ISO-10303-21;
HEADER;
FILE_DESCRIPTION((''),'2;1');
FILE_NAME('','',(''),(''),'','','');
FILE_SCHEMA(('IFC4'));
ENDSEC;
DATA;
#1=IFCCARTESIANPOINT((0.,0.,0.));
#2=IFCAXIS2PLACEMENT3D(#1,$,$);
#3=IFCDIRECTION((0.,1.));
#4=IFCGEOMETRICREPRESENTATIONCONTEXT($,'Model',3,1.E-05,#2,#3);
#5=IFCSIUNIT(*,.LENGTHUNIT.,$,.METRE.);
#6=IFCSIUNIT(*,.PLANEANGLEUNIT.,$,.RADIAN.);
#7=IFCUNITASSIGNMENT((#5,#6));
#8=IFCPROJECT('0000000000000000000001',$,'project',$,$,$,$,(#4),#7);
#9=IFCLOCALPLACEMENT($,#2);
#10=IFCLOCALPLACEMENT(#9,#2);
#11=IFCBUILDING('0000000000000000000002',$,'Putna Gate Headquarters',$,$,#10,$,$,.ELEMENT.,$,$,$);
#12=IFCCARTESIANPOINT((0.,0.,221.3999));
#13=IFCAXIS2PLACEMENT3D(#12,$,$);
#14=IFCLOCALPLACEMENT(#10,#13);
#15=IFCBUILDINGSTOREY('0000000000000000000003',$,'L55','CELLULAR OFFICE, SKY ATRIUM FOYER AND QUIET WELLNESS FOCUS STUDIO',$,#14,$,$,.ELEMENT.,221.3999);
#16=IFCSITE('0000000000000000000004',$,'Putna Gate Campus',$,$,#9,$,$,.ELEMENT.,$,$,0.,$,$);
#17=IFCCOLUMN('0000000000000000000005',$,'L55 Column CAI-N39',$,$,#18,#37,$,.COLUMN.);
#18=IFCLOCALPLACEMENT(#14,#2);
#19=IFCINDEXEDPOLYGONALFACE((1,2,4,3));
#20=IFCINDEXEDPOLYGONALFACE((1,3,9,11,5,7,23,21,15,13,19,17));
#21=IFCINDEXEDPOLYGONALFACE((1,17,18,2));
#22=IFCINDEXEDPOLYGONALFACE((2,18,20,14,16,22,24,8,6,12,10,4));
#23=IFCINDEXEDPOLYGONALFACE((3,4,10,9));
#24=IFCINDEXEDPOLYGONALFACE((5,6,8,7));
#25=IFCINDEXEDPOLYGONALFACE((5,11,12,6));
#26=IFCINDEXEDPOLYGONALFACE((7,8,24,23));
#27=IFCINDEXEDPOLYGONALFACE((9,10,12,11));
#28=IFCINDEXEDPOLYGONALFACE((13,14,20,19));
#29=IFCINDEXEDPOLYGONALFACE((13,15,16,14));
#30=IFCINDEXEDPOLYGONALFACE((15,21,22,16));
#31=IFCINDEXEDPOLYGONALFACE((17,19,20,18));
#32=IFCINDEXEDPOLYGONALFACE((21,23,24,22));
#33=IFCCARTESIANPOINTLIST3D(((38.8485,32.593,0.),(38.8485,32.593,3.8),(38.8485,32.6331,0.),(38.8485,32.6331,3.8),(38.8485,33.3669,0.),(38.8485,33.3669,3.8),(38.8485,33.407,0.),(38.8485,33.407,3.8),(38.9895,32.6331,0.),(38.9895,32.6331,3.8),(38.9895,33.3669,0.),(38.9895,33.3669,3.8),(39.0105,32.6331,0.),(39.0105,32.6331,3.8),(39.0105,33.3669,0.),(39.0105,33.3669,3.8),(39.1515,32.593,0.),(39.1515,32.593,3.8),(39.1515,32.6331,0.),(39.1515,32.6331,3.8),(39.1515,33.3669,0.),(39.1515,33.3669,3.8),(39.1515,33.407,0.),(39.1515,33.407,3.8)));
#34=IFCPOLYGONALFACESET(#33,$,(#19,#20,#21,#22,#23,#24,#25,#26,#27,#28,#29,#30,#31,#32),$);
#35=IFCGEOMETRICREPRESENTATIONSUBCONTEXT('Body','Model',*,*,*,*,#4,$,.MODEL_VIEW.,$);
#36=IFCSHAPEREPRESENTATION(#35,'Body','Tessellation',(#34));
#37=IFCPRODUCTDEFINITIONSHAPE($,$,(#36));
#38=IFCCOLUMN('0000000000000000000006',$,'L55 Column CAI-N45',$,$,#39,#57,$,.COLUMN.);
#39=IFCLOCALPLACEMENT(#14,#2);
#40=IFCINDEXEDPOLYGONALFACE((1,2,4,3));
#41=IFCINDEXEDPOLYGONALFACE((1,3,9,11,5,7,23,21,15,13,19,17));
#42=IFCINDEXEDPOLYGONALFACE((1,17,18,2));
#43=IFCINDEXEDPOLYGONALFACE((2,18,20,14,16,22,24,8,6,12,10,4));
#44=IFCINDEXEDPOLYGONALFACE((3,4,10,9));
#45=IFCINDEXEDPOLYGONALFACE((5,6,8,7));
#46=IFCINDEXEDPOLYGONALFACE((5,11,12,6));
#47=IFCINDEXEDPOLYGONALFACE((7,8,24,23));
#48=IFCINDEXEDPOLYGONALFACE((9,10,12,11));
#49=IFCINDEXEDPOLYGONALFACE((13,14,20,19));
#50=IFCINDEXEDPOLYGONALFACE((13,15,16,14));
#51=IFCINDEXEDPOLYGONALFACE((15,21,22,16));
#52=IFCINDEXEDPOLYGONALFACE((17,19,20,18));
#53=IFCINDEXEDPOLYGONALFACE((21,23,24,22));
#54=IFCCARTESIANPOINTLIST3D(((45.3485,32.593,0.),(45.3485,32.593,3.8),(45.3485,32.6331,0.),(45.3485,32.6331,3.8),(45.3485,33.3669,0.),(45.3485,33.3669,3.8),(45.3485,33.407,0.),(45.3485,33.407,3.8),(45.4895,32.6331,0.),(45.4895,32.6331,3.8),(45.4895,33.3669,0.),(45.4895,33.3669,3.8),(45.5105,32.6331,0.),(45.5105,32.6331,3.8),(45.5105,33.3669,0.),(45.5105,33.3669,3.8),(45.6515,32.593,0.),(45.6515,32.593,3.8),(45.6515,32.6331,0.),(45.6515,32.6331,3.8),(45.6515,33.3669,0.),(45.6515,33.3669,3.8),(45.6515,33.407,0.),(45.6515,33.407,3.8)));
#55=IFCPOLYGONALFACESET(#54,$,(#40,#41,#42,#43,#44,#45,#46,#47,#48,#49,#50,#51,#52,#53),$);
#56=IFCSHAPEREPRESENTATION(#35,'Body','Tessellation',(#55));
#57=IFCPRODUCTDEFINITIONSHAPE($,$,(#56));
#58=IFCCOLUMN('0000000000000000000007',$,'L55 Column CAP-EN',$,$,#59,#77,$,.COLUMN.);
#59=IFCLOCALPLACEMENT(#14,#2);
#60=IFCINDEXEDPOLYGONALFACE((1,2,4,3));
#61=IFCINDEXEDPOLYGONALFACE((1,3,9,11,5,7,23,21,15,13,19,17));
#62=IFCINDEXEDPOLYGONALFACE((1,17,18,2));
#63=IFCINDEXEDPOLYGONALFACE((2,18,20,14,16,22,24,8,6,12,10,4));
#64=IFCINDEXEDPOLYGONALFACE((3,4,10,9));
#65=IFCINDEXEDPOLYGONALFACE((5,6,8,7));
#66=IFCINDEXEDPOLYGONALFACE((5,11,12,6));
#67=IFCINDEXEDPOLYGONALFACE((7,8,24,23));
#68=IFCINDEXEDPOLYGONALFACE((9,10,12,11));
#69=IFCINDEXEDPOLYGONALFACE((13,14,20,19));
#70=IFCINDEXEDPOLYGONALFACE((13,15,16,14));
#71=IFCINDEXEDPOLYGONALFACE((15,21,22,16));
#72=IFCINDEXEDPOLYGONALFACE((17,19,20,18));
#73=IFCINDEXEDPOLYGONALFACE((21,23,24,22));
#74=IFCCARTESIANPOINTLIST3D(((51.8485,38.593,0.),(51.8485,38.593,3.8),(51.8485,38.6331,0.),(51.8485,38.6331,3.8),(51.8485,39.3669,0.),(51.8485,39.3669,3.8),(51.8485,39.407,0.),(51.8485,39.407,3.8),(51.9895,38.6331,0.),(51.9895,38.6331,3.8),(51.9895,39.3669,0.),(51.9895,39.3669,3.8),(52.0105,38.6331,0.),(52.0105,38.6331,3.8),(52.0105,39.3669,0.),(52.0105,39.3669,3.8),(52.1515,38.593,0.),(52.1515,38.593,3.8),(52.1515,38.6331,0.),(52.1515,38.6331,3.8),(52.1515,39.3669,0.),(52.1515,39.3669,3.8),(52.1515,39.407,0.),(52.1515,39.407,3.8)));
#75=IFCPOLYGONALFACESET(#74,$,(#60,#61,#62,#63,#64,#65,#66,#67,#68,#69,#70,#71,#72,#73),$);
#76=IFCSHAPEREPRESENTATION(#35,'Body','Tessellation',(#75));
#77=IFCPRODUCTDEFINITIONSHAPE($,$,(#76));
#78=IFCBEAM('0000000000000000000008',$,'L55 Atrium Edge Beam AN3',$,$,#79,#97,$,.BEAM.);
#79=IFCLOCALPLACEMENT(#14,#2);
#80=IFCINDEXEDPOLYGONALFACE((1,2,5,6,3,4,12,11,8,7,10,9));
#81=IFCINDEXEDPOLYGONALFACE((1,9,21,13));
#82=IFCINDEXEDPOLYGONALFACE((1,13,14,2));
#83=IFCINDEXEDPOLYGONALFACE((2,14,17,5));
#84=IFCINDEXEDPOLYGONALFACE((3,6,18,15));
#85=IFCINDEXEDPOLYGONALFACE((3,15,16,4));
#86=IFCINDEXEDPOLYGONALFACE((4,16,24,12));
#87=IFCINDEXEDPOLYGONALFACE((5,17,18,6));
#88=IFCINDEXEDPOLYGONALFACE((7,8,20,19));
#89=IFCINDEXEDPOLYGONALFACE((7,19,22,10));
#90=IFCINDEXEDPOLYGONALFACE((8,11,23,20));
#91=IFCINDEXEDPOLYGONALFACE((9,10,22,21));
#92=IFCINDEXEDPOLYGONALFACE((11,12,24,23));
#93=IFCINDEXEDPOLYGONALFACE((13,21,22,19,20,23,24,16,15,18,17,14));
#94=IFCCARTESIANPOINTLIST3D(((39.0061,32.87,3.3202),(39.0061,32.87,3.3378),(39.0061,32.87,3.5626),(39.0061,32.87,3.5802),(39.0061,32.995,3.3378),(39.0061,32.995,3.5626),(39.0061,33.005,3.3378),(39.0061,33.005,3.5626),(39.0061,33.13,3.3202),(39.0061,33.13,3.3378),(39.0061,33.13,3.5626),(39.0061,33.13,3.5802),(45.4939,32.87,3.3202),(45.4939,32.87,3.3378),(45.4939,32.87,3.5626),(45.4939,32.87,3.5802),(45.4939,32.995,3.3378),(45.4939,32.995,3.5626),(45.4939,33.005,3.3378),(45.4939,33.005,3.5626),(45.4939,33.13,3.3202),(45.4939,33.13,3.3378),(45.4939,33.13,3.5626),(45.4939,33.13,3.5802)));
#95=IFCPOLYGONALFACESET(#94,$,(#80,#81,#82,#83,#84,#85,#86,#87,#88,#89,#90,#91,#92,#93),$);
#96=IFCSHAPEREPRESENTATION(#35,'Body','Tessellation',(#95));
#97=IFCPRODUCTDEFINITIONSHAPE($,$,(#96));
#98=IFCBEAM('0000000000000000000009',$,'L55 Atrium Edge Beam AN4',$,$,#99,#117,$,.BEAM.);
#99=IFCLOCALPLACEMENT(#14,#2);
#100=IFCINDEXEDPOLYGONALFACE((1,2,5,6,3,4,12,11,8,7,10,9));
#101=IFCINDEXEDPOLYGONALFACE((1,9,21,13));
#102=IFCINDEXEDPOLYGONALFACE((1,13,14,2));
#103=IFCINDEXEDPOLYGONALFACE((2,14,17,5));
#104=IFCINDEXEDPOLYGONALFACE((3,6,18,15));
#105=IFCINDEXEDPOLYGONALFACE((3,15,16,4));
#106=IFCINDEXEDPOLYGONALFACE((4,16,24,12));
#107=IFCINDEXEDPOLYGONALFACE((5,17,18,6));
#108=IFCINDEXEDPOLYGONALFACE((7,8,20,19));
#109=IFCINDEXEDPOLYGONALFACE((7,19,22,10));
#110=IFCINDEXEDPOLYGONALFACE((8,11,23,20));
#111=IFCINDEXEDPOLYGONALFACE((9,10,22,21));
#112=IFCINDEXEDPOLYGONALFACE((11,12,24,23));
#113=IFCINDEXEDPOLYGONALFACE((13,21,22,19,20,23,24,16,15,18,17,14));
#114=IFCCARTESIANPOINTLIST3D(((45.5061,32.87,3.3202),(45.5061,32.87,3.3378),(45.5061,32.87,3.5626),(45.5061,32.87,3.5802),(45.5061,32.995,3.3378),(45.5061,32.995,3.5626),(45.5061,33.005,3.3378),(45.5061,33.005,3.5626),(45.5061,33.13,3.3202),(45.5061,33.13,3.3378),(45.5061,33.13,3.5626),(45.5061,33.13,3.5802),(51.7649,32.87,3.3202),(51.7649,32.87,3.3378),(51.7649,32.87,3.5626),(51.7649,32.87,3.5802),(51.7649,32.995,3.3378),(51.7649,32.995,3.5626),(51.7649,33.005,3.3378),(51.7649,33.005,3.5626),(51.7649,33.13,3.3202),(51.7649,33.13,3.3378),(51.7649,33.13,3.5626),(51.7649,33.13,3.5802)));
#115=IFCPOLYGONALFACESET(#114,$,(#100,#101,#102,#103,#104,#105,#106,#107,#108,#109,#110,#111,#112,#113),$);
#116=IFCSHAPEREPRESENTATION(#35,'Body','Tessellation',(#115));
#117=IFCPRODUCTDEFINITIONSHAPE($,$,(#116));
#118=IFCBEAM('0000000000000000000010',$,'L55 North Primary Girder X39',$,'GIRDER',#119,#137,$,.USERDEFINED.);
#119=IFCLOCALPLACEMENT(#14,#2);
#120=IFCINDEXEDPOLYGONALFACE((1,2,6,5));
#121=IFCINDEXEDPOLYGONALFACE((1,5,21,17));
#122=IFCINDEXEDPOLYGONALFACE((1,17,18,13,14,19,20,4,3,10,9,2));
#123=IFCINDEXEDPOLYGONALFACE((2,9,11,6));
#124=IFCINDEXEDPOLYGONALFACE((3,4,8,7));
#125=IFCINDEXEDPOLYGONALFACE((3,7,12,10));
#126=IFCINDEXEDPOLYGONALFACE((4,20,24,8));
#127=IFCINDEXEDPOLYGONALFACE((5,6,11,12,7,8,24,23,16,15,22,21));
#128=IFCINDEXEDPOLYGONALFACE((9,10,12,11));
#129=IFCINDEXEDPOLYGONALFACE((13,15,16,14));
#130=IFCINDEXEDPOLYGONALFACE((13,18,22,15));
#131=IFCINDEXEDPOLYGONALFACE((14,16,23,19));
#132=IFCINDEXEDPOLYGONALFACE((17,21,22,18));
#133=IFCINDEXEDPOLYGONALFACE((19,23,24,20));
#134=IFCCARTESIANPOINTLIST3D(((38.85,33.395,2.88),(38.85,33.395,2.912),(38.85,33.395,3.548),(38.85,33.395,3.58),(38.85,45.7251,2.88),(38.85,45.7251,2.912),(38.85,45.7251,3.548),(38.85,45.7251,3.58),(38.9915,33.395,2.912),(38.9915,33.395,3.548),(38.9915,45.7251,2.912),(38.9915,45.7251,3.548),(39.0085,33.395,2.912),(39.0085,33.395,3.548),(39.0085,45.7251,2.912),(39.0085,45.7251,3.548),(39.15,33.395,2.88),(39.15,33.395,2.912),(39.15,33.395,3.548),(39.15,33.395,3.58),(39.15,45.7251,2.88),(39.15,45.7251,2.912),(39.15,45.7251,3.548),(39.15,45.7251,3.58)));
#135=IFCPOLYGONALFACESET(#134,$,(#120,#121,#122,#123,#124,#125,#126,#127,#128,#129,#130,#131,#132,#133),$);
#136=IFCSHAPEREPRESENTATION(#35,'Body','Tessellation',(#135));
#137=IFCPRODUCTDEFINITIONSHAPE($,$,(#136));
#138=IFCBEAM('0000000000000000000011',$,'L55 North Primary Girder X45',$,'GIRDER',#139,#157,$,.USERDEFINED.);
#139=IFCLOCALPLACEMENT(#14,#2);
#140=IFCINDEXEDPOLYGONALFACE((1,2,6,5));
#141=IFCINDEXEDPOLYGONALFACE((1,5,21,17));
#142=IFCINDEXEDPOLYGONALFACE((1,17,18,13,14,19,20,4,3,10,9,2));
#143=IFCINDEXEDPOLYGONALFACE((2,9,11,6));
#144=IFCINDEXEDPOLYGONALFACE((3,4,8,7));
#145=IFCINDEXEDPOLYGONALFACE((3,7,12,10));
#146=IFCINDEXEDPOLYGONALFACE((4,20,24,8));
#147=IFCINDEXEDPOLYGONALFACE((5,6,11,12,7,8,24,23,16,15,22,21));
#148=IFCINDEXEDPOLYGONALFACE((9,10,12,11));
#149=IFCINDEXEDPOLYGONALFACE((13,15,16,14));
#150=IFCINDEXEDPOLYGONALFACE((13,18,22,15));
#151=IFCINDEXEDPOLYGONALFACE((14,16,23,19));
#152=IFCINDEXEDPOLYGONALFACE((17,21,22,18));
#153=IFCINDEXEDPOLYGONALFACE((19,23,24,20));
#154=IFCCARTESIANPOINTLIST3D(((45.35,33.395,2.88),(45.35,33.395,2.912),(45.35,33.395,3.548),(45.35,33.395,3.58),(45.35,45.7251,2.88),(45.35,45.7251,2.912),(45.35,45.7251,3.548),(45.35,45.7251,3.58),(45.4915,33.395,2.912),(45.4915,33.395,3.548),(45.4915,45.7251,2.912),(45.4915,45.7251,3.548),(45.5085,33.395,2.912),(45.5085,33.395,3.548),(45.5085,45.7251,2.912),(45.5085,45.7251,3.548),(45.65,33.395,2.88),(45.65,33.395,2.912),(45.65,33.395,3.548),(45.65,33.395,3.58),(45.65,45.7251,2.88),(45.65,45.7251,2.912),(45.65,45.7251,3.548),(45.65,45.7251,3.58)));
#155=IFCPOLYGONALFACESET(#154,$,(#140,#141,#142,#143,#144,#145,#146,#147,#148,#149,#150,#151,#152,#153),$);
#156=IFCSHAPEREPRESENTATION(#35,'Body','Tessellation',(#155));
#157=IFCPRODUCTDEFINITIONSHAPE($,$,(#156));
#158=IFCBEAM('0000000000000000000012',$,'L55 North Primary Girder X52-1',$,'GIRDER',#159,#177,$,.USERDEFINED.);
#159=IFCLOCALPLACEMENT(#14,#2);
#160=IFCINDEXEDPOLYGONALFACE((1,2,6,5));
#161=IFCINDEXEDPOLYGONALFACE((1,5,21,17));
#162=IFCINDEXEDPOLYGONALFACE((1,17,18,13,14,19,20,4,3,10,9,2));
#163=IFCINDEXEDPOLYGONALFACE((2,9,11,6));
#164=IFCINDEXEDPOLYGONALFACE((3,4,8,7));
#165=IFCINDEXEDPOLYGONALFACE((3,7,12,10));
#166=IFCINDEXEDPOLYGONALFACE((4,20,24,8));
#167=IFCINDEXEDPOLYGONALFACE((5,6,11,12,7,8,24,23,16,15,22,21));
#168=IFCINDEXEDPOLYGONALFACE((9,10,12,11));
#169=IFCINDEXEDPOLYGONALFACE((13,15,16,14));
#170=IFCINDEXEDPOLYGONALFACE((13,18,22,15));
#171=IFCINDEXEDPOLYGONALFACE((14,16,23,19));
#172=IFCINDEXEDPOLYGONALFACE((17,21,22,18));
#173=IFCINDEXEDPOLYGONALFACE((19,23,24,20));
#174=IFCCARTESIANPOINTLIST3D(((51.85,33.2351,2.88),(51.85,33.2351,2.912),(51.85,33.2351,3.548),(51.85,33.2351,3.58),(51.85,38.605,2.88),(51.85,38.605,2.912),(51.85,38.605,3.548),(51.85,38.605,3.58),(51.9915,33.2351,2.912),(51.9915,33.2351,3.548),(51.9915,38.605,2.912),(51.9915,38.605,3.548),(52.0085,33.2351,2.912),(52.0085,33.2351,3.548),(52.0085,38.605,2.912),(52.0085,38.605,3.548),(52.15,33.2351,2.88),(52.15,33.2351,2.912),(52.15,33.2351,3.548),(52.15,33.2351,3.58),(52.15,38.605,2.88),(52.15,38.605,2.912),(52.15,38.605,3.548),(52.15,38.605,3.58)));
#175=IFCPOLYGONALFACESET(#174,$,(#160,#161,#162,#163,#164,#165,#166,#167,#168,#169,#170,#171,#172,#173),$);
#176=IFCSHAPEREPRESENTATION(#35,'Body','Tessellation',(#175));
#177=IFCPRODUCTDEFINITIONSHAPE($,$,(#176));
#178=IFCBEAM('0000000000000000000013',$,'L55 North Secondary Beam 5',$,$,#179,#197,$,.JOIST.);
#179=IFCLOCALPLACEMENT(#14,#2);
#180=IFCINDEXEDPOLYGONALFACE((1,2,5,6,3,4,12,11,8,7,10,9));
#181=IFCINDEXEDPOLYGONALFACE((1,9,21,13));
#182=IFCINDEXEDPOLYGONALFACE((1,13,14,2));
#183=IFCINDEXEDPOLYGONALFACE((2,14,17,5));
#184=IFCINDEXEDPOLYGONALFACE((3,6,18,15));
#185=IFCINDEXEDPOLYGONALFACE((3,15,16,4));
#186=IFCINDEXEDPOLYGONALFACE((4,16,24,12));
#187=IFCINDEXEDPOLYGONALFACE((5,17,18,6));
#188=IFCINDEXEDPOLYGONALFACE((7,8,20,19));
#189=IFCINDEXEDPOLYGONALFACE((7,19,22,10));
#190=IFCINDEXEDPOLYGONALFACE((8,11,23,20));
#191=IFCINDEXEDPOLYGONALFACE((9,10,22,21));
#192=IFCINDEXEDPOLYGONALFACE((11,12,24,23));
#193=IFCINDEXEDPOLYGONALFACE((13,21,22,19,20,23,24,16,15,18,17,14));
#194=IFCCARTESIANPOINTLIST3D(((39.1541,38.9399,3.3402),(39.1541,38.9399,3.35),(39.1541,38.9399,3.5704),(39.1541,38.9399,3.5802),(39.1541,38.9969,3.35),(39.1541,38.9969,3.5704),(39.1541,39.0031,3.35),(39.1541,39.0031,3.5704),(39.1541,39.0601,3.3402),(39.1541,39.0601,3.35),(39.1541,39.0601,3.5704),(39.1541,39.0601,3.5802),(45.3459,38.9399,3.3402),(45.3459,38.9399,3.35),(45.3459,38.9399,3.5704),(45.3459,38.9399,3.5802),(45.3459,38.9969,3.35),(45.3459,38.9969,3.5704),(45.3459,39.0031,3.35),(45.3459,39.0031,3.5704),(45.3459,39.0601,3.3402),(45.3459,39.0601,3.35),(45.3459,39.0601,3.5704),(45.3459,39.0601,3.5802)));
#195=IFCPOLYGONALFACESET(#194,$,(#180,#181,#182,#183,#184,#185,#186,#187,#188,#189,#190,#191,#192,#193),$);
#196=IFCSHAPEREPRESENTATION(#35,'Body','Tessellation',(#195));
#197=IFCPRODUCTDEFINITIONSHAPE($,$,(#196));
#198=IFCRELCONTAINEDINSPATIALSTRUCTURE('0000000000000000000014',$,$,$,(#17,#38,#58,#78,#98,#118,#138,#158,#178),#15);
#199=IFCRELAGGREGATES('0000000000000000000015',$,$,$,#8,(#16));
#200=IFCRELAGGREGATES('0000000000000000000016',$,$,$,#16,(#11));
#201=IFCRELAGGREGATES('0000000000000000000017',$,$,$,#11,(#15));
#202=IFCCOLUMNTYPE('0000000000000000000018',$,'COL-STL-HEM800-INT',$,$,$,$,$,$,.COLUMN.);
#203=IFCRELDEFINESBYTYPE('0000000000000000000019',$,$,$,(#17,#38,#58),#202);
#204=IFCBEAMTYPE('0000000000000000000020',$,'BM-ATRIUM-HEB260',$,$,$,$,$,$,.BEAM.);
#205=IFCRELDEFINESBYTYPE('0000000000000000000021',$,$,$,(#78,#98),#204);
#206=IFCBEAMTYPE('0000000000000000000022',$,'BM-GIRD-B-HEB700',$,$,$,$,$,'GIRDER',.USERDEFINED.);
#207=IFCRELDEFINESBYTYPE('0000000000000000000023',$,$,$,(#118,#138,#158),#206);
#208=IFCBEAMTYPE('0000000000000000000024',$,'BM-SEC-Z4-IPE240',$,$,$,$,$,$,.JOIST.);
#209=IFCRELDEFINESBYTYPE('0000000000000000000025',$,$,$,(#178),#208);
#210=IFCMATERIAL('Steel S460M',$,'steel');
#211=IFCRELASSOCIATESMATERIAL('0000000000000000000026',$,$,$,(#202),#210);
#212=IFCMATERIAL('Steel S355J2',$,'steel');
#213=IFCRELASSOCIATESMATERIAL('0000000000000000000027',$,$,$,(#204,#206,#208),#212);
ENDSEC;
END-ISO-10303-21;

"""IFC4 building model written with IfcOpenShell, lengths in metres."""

from ifc_helpers import new_model, si_unit, direction, frame, origin, origin_2d, place, context, subcontext, project, spatial, i_section, extrude, material, material_profile, profile_set, type_object, element, save


model = new_model("IFC4")

# Units and contexts
model_context = context("Model", 3, precision=1e-05, world=origin(), true_north=direction((0.0, 1.0)))
body_context = subcontext(model_context, "Body", "Model", "MODEL_VIEW")
ifc_project = project(units=[si_unit("LENGTHUNIT", "METRE"), si_unit("PLANEANGLEUNIT", "RADIAN")], contexts=[model_context])

# Site, building, storey
site_placement = place(None, origin())
site = spatial("IfcSite", under=ifc_project, at=site_placement, Name="Putna Gate Campus", CompositionType="ELEMENT", RefElevation=0.0)
building_placement = place(site_placement, origin())
building = spatial("IfcBuilding", under=site, at=building_placement, Name="Putna Gate Headquarters", CompositionType="ELEMENT")
storey_placement = place(building_placement, frame((0.0, 0.0, 221.3999)))
storey = spatial("IfcBuildingStorey", under=building, at=storey_placement, Name="L55", Description="CELLULAR OFFICE, SKY ATRIUM FOYER AND QUIET WELLNESS FOCUS STUDIO", CompositionType="ELEMENT", Elevation=221.3999)

# Columns
ifc_material_1 = material(Name="Steel S460M", Category="steel")
ifc_material_profile_1 = material_profile(ifc_material_1, i_section(OverallWidth=0.303, OverallDepth=0.814, WebThickness=0.021, FlangeThickness=0.04, at=origin_2d()), Name="Steel S460M")
ifc_profile_set_1 = profile_set([ifc_material_profile_1], Name="Steel S460M")
column_type = type_object("IfcColumnType", Name="COL-STL-HEM800-INT", PredefinedType="COLUMN", material=ifc_profile_set_1)
for number, where, z_axis, x_axis, name in (
    (1, (39.0, 33.0, 0.0), (0.0, 0.0, 1.0), (1.0, 0.0, 0.0), "L55 Column CAI-N39"),
    (2, (45.5, 33.0, 0.0), (0.0, 0.0, 1.0), (1.0, 0.0, 0.0), "L55 Column CAI-N45"),
    (3, (52.0, 39.0, 0.0), (0.0, 0.0, 1.0), (1.0, 0.0, 0.0), "L55 Column CAP-EN"),
):
    element("IfcColumn", number, at=place(storey_placement, frame(where, z_axis=z_axis, x_axis=x_axis)), inside=storey, type_object=column_type, Name=name, PredefinedType="COLUMN", context=body_context, shape_type="SweptSolid", body=[
        extrude(i_section(OverallWidth=0.303, OverallDepth=0.814, WebThickness=0.021, FlangeThickness=0.04, at=origin_2d()), origin(), (0.0, 0.0, 1.0), 3.8),
    ])

# Beams
ifc_material_2 = material(Name="Steel S355J2", Category="steel")
ifc_material_profile_2 = material_profile(ifc_material_2, i_section(OverallWidth=0.26, OverallDepth=0.26, WebThickness=0.01, FlangeThickness=0.0176, at=origin_2d()), Name="Steel S355J2")
ifc_profile_set_2 = profile_set([ifc_material_profile_2], Name="Steel S355J2")
beam_type_1 = type_object("IfcBeamType", Name="BM-ATRIUM-HEB260", PredefinedType="BEAM", material=ifc_profile_set_2)
beam_1_placement = place(storey_placement, frame((39.0061, 33.0, 3.4502), z_axis=(1.0, 0.0, 0.0), x_axis=(0.0, 1.0, 0.0)))
element("IfcBeam", 4, at=beam_1_placement, inside=storey, type_object=beam_type_1, Name="L55 Atrium Edge Beam AN3", PredefinedType="BEAM", context=body_context, shape_type="SweptSolid", body=[
    extrude(i_section(OverallWidth=0.26, OverallDepth=0.26, WebThickness=0.01, FlangeThickness=0.0176, at=origin_2d()), origin(), (0.0, 0.0, 1.0), 6.4878),
])
beam_2_placement = place(storey_placement, frame((45.5061, 33.0, 3.4502), z_axis=(1.0, 0.0, 0.0), x_axis=(0.0, 1.0, 0.0)))
element("IfcBeam", 5, at=beam_2_placement, inside=storey, type_object=beam_type_1, Name="L55 Atrium Edge Beam AN4", PredefinedType="BEAM", context=body_context, shape_type="SweptSolid", body=[
    extrude(i_section(OverallWidth=0.26, OverallDepth=0.26, WebThickness=0.01, FlangeThickness=0.0176, at=origin_2d()), origin(), (0.0, 0.0, 1.0), 6.2588),
])
ifc_material_profile_3 = material_profile(ifc_material_2, i_section(OverallWidth=0.3, OverallDepth=0.7, WebThickness=0.0171, FlangeThickness=0.032, at=origin_2d()), Name="Steel S355J2")
ifc_profile_set_3 = profile_set([ifc_material_profile_3], Name="Steel S355J2")
beam_type_2 = type_object("IfcBeamType", Name="BM-GIRD-B-HEB700", ElementType="GIRDER", PredefinedType="USERDEFINED", material=ifc_profile_set_3)
for number, where, z_axis, x_axis, name in (
    (6, (39.0, 33.395, 3.23), (0.0, 1.0, 0.0), (-1.0, 0.0, 0.0), "L55 North Primary Girder X39"),
    (7, (45.5, 33.395, 3.23), (0.0, 1.0, 0.0), (-1.0, 0.0, 0.0), "L55 North Primary Girder X45"),
):
    element("IfcBeam", number, at=place(storey_placement, frame(where, z_axis=z_axis, x_axis=x_axis)), inside=storey, type_object=beam_type_2, Name=name, ObjectType="GIRDER", PredefinedType="USERDEFINED", context=body_context, shape_type="SweptSolid", body=[
        extrude(i_section(OverallWidth=0.3, OverallDepth=0.7, WebThickness=0.0171, FlangeThickness=0.032, at=origin_2d()), origin(), (0.0, 0.0, 1.0), 12.3301),
    ])
beam_3_placement = place(storey_placement, frame((52.0, 33.2351, 3.23), z_axis=(0.0, 1.0, 0.0), x_axis=(-1.0, 0.0, 0.0)))
element("IfcBeam", 8, at=beam_3_placement, inside=storey, type_object=beam_type_2, Name="L55 North Primary Girder X52-1", ObjectType="GIRDER", PredefinedType="USERDEFINED", context=body_context, shape_type="SweptSolid", body=[
    extrude(i_section(OverallWidth=0.3, OverallDepth=0.7, WebThickness=0.0171, FlangeThickness=0.032, at=origin_2d()), origin(), (0.0, 0.0, 1.0), 5.3699),
])
ifc_material_profile_4 = material_profile(ifc_material_2, i_section(OverallWidth=0.1201, OverallDepth=0.24, WebThickness=0.0061, FlangeThickness=0.0098, at=origin_2d()), Name="Steel S355J2")
ifc_profile_set_4 = profile_set([ifc_material_profile_4], Name="Steel S355J2")
beam_type_3 = type_object("IfcBeamType", Name="BM-SEC-Z4-IPE240", PredefinedType="JOIST", material=ifc_profile_set_4)
beam_4_placement = place(storey_placement, frame((39.1541, 39.0, 3.4602), z_axis=(1.0, 0.0, 0.0), x_axis=(0.0, 1.0, 0.0)))
element("IfcBeam", 9, at=beam_4_placement, inside=storey, type_object=beam_type_3, Name="L55 North Secondary Beam 5", PredefinedType="JOIST", context=body_context, shape_type="SweptSolid", body=[
    extrude(i_section(OverallWidth=0.1201, OverallDepth=0.24, WebThickness=0.0061, FlangeThickness=0.0098, at=origin_2d()), origin(), (0.0, 0.0, 1.0), 6.1919),
])

save(model, "model.ifc")
